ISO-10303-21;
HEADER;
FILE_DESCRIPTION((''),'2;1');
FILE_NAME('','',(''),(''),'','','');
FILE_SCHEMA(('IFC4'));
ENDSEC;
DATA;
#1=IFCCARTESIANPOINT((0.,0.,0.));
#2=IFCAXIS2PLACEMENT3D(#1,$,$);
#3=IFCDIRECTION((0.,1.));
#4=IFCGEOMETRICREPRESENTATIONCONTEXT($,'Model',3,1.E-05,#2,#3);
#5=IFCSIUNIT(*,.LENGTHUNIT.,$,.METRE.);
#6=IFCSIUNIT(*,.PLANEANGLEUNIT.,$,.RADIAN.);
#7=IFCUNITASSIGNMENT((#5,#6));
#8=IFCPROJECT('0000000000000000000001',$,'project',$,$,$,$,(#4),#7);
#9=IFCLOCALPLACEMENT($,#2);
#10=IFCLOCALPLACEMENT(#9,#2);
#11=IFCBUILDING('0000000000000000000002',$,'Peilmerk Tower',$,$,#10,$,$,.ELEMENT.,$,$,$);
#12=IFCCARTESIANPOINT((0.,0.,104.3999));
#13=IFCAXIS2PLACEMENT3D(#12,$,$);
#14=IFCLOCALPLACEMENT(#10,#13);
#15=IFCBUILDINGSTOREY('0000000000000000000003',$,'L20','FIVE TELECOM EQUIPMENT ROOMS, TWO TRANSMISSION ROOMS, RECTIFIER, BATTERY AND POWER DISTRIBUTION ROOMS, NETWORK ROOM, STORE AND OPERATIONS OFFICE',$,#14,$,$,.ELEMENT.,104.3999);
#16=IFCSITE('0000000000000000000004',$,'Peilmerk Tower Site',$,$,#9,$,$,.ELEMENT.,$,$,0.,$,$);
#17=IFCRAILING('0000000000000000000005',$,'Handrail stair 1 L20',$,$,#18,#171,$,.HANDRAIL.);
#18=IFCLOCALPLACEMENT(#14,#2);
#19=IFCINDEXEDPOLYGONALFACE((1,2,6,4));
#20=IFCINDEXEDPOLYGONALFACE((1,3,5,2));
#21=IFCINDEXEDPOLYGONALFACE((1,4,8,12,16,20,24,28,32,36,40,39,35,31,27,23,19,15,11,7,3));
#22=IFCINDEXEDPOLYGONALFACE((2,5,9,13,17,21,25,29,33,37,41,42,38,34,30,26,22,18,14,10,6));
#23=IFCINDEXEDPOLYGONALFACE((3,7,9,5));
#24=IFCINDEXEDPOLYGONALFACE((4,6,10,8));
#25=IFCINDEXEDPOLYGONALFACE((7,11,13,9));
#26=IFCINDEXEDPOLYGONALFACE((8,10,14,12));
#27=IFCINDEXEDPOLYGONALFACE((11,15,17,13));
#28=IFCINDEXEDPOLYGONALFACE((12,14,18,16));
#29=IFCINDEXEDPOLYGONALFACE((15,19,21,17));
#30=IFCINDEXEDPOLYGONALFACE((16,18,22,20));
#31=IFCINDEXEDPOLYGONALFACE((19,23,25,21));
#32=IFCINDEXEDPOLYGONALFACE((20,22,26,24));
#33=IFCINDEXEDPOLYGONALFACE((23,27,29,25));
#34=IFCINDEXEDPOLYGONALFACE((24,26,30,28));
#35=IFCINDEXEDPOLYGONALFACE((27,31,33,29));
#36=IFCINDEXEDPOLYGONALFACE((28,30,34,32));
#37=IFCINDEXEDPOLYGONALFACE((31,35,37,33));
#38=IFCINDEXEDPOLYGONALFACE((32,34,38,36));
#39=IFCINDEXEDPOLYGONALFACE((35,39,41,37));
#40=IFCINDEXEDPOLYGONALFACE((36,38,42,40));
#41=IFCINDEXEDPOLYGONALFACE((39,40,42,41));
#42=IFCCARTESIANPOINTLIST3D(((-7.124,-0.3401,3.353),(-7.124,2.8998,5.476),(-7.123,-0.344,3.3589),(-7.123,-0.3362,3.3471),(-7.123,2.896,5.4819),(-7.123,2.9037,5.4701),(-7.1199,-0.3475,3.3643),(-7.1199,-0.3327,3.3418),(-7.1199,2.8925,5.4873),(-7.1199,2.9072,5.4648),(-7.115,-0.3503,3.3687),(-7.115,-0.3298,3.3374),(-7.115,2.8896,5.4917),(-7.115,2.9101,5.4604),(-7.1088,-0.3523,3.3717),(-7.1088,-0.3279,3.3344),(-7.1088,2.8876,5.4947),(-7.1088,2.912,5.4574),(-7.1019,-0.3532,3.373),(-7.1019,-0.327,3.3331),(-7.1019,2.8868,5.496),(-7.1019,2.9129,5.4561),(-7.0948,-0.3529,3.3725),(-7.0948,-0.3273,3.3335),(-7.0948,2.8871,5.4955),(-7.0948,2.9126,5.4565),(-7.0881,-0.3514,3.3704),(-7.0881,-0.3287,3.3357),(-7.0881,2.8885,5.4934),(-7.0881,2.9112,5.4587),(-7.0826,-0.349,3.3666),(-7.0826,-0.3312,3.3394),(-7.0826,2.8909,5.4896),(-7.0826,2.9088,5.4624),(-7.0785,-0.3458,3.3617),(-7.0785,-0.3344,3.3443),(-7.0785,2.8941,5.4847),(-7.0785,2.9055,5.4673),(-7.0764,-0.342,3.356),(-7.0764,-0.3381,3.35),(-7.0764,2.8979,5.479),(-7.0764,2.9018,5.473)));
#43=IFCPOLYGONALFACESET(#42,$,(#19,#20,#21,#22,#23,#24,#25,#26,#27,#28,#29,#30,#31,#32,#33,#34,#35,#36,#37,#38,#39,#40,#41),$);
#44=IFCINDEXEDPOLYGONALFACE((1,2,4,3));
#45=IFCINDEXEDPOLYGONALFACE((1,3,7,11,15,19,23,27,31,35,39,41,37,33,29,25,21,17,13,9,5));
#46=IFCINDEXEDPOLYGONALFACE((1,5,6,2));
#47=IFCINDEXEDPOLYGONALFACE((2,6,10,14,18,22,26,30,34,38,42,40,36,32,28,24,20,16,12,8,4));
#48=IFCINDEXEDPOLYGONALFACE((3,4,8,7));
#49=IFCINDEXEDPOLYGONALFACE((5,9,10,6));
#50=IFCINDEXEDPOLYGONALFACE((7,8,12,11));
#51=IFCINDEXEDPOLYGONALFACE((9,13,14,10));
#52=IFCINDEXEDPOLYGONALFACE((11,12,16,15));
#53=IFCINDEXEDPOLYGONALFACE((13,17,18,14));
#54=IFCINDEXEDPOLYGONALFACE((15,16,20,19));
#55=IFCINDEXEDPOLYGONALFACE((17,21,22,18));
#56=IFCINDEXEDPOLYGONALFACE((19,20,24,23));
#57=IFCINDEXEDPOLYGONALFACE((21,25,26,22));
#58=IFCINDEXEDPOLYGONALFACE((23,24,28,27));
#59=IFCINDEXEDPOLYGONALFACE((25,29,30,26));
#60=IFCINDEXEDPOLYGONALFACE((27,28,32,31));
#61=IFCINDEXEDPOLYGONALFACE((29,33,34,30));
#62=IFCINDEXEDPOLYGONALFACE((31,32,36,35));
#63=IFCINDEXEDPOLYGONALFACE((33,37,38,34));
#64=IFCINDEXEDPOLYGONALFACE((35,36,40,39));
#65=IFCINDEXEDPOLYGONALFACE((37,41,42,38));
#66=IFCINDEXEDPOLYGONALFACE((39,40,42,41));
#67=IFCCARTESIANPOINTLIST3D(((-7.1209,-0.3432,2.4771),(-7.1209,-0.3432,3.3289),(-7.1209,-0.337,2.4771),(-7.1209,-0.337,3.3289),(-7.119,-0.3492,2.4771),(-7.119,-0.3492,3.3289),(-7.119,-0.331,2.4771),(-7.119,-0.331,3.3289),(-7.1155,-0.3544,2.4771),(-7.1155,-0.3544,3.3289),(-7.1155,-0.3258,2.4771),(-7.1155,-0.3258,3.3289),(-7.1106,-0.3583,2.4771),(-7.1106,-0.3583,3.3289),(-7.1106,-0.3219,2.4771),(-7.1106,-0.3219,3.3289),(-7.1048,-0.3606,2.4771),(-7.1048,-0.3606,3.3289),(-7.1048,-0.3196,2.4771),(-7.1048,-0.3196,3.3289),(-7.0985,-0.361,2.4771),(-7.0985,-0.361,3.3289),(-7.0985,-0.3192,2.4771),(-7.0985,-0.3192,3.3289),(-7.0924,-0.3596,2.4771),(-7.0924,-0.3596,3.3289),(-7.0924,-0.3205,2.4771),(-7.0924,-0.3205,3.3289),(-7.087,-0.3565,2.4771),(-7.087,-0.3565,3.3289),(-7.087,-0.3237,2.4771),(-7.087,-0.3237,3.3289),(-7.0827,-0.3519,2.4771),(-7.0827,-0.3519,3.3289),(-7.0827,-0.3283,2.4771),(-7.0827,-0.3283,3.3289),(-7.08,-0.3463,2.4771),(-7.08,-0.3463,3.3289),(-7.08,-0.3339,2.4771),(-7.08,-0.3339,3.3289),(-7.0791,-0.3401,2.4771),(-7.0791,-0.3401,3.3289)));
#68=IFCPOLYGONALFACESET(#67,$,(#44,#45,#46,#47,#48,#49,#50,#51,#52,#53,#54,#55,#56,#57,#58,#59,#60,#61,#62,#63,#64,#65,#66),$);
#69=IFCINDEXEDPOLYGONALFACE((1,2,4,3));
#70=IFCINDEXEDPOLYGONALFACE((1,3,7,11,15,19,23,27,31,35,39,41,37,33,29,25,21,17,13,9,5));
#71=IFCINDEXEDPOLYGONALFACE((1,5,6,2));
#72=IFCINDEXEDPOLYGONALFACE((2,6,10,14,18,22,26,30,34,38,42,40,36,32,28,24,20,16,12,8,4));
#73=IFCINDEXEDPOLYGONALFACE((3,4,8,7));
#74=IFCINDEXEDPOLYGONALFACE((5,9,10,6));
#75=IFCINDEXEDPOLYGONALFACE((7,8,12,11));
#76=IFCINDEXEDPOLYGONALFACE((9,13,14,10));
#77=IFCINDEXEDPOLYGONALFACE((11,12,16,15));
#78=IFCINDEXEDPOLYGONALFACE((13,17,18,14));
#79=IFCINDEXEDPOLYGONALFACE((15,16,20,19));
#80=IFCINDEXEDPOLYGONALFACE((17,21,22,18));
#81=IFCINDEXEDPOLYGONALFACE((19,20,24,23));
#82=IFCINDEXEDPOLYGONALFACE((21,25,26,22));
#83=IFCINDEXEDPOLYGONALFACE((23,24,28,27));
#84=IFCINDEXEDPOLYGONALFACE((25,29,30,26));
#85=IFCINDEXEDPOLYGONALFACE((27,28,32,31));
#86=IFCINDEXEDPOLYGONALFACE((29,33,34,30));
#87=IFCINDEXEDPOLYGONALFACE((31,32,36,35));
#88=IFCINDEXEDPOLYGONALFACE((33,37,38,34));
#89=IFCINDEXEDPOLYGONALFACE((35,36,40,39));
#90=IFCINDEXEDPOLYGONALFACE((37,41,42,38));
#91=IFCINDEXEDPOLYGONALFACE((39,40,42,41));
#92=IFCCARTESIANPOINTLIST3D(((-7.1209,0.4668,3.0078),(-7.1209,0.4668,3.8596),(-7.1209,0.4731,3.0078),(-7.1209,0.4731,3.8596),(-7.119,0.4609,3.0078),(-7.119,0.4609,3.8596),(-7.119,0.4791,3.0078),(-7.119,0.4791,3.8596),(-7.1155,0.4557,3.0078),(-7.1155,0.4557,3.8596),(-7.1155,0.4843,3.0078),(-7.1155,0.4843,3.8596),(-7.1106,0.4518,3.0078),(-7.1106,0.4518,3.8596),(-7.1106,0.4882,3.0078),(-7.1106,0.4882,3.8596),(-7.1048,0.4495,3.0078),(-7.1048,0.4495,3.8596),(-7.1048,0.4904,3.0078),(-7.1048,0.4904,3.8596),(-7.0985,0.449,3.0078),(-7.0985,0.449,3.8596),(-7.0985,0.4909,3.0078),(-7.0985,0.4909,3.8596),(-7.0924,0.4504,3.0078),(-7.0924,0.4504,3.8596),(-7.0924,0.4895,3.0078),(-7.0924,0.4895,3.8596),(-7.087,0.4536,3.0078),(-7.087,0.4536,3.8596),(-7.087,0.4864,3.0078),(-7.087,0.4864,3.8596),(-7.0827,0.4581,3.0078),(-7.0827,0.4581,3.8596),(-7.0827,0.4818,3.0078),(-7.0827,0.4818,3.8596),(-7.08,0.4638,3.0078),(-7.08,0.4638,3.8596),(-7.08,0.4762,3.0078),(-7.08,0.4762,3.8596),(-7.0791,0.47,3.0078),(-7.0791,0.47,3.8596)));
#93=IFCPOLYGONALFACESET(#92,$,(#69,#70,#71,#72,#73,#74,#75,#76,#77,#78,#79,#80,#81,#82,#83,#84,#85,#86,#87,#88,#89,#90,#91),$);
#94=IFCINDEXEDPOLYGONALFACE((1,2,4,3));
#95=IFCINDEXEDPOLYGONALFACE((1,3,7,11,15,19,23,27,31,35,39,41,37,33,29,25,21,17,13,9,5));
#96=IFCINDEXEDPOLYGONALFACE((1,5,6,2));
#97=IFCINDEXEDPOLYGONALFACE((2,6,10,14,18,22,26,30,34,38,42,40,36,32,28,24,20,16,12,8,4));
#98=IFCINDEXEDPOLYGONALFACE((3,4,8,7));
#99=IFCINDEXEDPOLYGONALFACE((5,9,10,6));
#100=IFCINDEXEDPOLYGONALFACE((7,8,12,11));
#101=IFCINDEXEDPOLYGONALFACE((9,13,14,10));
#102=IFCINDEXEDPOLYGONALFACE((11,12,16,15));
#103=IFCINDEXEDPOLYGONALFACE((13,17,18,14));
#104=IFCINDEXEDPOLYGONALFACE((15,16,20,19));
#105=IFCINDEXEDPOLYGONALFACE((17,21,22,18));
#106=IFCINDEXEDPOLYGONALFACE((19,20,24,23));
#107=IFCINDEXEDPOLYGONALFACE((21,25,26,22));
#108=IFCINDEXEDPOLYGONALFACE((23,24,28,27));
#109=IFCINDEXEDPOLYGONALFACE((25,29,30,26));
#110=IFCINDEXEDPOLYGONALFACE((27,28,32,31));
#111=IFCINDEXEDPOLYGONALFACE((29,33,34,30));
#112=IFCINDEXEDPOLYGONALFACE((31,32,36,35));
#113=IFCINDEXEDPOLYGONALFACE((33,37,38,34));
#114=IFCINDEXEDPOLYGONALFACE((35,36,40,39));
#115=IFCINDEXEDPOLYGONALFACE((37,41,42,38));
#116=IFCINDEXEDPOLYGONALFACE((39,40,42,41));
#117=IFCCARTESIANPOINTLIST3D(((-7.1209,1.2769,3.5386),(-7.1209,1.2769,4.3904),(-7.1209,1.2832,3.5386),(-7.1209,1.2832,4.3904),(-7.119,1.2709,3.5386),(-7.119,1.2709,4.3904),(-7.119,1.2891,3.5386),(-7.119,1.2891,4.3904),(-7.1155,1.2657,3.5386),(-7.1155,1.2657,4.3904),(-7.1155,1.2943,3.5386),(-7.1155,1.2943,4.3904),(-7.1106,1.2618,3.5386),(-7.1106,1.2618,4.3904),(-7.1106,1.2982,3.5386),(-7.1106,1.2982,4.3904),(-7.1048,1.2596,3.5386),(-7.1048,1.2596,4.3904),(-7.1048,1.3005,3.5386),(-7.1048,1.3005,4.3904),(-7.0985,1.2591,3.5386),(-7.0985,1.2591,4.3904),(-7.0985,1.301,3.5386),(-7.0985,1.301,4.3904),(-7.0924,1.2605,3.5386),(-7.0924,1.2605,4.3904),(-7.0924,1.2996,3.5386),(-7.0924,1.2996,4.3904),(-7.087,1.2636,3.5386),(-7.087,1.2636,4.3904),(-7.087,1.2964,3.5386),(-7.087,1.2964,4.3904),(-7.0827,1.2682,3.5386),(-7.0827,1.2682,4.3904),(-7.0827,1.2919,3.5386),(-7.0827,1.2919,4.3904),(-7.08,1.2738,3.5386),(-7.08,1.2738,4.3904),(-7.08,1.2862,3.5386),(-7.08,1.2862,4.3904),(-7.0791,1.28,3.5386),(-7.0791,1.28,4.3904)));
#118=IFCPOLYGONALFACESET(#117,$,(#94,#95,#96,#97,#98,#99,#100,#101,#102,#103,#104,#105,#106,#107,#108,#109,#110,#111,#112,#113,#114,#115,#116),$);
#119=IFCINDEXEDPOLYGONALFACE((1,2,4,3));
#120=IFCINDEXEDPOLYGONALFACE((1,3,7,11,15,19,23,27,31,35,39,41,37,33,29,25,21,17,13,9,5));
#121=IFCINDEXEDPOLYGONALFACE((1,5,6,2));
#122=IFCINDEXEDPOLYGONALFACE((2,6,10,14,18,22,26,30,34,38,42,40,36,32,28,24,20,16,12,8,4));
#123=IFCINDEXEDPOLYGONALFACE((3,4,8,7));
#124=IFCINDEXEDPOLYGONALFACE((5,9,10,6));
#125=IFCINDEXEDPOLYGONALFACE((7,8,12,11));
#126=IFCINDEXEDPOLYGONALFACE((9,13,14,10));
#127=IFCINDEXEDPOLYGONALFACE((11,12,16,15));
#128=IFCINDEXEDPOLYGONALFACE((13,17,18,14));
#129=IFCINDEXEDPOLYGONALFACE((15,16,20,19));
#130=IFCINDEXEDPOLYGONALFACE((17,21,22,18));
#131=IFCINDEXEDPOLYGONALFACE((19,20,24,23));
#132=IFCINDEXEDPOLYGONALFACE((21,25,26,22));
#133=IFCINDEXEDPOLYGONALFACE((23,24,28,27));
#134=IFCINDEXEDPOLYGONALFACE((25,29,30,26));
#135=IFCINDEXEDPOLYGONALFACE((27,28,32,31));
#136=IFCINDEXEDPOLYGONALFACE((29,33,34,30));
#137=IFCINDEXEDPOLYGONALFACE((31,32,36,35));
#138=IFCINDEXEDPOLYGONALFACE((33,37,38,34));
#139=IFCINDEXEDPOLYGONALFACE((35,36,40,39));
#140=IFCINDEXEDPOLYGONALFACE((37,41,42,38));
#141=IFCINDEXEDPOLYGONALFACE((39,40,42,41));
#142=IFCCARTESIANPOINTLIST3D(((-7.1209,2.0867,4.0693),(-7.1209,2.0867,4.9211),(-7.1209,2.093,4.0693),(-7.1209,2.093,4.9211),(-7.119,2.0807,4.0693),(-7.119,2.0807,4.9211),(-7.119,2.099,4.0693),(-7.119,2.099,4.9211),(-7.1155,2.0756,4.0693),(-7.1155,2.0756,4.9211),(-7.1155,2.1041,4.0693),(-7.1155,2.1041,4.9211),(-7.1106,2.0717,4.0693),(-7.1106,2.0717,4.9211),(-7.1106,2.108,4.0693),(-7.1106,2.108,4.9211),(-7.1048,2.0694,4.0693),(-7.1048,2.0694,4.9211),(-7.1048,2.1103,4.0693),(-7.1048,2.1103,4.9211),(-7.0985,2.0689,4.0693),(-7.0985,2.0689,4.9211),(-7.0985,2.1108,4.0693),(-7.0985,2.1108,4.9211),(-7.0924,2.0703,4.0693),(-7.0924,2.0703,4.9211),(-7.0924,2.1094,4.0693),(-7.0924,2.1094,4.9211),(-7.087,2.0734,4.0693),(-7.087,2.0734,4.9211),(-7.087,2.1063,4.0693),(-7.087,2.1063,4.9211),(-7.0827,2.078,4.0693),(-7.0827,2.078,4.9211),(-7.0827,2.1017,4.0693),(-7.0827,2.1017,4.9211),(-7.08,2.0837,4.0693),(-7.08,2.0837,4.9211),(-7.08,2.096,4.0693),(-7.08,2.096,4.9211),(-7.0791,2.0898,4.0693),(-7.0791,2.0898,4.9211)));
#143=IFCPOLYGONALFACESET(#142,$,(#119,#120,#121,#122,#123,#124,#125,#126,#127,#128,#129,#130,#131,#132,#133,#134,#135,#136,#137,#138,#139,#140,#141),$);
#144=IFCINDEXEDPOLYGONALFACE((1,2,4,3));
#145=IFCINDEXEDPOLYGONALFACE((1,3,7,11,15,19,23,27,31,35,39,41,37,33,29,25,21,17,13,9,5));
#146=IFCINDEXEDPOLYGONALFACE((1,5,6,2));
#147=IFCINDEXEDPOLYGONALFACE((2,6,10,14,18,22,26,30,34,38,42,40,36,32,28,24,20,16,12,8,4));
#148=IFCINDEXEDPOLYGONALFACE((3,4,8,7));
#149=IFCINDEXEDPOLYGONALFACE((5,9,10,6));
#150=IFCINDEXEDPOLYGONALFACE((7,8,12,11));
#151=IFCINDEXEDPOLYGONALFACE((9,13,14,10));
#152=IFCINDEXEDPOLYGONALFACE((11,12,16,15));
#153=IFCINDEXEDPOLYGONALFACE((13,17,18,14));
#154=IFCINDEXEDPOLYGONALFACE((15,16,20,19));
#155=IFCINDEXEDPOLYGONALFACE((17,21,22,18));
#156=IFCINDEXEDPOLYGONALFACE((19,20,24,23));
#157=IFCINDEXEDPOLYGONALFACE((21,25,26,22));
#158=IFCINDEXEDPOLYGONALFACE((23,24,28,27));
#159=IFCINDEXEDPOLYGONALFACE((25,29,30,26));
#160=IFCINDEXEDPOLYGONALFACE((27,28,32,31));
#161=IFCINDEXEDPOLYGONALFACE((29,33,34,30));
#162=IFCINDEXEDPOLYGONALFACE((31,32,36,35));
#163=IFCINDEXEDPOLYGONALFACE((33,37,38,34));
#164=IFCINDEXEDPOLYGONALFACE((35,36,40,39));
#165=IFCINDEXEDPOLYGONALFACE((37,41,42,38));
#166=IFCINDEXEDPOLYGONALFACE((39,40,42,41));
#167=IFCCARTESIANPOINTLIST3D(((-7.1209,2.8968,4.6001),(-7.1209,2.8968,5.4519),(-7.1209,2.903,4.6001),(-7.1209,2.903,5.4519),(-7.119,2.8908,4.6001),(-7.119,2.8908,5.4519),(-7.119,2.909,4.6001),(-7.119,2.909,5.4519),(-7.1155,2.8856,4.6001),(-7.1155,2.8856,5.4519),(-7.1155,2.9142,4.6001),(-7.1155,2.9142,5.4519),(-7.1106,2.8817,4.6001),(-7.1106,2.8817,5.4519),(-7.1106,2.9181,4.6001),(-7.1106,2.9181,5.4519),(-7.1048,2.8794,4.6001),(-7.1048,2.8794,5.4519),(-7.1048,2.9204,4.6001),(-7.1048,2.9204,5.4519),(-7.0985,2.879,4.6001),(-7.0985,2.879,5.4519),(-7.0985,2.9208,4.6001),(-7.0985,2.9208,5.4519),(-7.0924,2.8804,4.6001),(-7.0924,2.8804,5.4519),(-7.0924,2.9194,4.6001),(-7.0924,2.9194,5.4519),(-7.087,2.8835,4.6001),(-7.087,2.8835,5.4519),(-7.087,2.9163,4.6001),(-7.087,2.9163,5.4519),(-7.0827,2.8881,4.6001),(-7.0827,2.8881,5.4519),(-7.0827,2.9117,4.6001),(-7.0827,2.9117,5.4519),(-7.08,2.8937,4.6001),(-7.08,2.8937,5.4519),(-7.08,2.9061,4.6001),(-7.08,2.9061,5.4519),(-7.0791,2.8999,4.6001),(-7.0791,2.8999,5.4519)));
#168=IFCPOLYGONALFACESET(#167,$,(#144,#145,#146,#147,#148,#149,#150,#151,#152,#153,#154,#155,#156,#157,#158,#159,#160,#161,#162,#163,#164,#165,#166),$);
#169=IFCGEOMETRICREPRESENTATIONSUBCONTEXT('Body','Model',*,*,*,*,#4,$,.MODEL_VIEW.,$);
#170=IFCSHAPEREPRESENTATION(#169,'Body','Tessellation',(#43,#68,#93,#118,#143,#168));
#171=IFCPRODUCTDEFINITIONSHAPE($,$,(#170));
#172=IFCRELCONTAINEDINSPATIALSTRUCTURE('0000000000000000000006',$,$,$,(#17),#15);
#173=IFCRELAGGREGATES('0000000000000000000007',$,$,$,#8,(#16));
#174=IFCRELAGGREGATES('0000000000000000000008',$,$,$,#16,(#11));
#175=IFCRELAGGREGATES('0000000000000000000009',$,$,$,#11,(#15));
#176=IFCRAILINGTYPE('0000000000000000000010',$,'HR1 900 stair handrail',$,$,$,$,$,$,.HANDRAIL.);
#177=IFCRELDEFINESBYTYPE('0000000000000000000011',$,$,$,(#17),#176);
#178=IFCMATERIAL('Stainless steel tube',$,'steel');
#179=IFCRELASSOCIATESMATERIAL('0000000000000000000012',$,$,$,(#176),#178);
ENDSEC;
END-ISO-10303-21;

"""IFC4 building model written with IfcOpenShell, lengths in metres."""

from ifc_helpers import new_model, si_unit, direction, frame, origin, origin_2d, place, context, subcontext, project, spatial, circle, extrude, material, type_object, element, save


model = new_model("IFC4")

# Units and contexts
model_context = context("Model", 3, precision=1e-05, world=origin(), true_north=direction((0.0, 1.0)))
body_context = subcontext(model_context, "Body", "Model", "MODEL_VIEW")
ifc_project = project(units=[si_unit("LENGTHUNIT", "METRE"), si_unit("PLANEANGLEUNIT", "RADIAN")], contexts=[model_context])

# Site, building, storey
site_placement = place(None, origin())
site = spatial("IfcSite", under=ifc_project, at=site_placement, Name="Peilmerk Tower Site", CompositionType="ELEMENT", RefElevation=0.0)
building_placement = place(site_placement, origin())
building = spatial("IfcBuilding", under=site, at=building_placement, Name="Peilmerk Tower", CompositionType="ELEMENT")
storey_placement = place(building_placement, frame((0.0, 0.0, 104.3999)))
storey = spatial("IfcBuildingStorey", under=building, at=storey_placement, Name="L20", Description="FIVE TELECOM EQUIPMENT ROOMS, TWO TRANSMISSION ROOMS, RECTIFIER, BATTERY AND POWER DISTRIBUTION ROOMS, NETWORK ROOM, STORE AND OPERATIONS OFFICE", CompositionType="ELEMENT", Elevation=104.3999)

# Railing
ifc_material_1 = material(Name="Stainless steel tube", Category="steel")
railing_type = type_object("IfcRailingType", Name="HR1 900 stair handrail", PredefinedType="HANDRAIL", material=ifc_material_1)
railing_placement = place(storey_placement, frame((-7.1001, -0.3401, 2.4771)))
element("IfcRailing", 1, at=railing_placement, inside=storey, type_object=railing_type, Name="Handrail stair 1 L20", PredefinedType="HANDRAIL", context=body_context, shape_type="SweptSolid", body=[
    extrude(circle(Radius=0.0239, at=origin_2d()), frame((0.0, 0.0, 0.876), z_axis=(0.0, 0.836426, 0.548079), x_axis=(-1.0, 0.0, 0.0)), (0.0, 0.0, 1.0), 3.8735),
    extrude(circle(Radius=0.021, at=origin_2d()), origin(), (0.0, 0.0, 1.0), 0.8518),
    extrude(circle(Radius=0.021, at=origin_2d()), frame((0.0, 0.8101, 0.5308)), (0.0, 0.0, 1.0), 0.8518),
    extrude(circle(Radius=0.021, at=origin_2d()), frame((0.0, 1.6201, 1.0615)), (0.0, 0.0, 1.0), 0.8518),
    extrude(circle(Radius=0.021, at=origin_2d()), frame((0.0, 2.4299, 1.5923)), (0.0, 0.0, 1.0), 0.8518),
    extrude(circle(Radius=0.021, at=origin_2d()), frame((0.0, 3.24, 2.123)), (0.0, 0.0, 1.0), 0.8518),
])

save(model, "model.ifc")
